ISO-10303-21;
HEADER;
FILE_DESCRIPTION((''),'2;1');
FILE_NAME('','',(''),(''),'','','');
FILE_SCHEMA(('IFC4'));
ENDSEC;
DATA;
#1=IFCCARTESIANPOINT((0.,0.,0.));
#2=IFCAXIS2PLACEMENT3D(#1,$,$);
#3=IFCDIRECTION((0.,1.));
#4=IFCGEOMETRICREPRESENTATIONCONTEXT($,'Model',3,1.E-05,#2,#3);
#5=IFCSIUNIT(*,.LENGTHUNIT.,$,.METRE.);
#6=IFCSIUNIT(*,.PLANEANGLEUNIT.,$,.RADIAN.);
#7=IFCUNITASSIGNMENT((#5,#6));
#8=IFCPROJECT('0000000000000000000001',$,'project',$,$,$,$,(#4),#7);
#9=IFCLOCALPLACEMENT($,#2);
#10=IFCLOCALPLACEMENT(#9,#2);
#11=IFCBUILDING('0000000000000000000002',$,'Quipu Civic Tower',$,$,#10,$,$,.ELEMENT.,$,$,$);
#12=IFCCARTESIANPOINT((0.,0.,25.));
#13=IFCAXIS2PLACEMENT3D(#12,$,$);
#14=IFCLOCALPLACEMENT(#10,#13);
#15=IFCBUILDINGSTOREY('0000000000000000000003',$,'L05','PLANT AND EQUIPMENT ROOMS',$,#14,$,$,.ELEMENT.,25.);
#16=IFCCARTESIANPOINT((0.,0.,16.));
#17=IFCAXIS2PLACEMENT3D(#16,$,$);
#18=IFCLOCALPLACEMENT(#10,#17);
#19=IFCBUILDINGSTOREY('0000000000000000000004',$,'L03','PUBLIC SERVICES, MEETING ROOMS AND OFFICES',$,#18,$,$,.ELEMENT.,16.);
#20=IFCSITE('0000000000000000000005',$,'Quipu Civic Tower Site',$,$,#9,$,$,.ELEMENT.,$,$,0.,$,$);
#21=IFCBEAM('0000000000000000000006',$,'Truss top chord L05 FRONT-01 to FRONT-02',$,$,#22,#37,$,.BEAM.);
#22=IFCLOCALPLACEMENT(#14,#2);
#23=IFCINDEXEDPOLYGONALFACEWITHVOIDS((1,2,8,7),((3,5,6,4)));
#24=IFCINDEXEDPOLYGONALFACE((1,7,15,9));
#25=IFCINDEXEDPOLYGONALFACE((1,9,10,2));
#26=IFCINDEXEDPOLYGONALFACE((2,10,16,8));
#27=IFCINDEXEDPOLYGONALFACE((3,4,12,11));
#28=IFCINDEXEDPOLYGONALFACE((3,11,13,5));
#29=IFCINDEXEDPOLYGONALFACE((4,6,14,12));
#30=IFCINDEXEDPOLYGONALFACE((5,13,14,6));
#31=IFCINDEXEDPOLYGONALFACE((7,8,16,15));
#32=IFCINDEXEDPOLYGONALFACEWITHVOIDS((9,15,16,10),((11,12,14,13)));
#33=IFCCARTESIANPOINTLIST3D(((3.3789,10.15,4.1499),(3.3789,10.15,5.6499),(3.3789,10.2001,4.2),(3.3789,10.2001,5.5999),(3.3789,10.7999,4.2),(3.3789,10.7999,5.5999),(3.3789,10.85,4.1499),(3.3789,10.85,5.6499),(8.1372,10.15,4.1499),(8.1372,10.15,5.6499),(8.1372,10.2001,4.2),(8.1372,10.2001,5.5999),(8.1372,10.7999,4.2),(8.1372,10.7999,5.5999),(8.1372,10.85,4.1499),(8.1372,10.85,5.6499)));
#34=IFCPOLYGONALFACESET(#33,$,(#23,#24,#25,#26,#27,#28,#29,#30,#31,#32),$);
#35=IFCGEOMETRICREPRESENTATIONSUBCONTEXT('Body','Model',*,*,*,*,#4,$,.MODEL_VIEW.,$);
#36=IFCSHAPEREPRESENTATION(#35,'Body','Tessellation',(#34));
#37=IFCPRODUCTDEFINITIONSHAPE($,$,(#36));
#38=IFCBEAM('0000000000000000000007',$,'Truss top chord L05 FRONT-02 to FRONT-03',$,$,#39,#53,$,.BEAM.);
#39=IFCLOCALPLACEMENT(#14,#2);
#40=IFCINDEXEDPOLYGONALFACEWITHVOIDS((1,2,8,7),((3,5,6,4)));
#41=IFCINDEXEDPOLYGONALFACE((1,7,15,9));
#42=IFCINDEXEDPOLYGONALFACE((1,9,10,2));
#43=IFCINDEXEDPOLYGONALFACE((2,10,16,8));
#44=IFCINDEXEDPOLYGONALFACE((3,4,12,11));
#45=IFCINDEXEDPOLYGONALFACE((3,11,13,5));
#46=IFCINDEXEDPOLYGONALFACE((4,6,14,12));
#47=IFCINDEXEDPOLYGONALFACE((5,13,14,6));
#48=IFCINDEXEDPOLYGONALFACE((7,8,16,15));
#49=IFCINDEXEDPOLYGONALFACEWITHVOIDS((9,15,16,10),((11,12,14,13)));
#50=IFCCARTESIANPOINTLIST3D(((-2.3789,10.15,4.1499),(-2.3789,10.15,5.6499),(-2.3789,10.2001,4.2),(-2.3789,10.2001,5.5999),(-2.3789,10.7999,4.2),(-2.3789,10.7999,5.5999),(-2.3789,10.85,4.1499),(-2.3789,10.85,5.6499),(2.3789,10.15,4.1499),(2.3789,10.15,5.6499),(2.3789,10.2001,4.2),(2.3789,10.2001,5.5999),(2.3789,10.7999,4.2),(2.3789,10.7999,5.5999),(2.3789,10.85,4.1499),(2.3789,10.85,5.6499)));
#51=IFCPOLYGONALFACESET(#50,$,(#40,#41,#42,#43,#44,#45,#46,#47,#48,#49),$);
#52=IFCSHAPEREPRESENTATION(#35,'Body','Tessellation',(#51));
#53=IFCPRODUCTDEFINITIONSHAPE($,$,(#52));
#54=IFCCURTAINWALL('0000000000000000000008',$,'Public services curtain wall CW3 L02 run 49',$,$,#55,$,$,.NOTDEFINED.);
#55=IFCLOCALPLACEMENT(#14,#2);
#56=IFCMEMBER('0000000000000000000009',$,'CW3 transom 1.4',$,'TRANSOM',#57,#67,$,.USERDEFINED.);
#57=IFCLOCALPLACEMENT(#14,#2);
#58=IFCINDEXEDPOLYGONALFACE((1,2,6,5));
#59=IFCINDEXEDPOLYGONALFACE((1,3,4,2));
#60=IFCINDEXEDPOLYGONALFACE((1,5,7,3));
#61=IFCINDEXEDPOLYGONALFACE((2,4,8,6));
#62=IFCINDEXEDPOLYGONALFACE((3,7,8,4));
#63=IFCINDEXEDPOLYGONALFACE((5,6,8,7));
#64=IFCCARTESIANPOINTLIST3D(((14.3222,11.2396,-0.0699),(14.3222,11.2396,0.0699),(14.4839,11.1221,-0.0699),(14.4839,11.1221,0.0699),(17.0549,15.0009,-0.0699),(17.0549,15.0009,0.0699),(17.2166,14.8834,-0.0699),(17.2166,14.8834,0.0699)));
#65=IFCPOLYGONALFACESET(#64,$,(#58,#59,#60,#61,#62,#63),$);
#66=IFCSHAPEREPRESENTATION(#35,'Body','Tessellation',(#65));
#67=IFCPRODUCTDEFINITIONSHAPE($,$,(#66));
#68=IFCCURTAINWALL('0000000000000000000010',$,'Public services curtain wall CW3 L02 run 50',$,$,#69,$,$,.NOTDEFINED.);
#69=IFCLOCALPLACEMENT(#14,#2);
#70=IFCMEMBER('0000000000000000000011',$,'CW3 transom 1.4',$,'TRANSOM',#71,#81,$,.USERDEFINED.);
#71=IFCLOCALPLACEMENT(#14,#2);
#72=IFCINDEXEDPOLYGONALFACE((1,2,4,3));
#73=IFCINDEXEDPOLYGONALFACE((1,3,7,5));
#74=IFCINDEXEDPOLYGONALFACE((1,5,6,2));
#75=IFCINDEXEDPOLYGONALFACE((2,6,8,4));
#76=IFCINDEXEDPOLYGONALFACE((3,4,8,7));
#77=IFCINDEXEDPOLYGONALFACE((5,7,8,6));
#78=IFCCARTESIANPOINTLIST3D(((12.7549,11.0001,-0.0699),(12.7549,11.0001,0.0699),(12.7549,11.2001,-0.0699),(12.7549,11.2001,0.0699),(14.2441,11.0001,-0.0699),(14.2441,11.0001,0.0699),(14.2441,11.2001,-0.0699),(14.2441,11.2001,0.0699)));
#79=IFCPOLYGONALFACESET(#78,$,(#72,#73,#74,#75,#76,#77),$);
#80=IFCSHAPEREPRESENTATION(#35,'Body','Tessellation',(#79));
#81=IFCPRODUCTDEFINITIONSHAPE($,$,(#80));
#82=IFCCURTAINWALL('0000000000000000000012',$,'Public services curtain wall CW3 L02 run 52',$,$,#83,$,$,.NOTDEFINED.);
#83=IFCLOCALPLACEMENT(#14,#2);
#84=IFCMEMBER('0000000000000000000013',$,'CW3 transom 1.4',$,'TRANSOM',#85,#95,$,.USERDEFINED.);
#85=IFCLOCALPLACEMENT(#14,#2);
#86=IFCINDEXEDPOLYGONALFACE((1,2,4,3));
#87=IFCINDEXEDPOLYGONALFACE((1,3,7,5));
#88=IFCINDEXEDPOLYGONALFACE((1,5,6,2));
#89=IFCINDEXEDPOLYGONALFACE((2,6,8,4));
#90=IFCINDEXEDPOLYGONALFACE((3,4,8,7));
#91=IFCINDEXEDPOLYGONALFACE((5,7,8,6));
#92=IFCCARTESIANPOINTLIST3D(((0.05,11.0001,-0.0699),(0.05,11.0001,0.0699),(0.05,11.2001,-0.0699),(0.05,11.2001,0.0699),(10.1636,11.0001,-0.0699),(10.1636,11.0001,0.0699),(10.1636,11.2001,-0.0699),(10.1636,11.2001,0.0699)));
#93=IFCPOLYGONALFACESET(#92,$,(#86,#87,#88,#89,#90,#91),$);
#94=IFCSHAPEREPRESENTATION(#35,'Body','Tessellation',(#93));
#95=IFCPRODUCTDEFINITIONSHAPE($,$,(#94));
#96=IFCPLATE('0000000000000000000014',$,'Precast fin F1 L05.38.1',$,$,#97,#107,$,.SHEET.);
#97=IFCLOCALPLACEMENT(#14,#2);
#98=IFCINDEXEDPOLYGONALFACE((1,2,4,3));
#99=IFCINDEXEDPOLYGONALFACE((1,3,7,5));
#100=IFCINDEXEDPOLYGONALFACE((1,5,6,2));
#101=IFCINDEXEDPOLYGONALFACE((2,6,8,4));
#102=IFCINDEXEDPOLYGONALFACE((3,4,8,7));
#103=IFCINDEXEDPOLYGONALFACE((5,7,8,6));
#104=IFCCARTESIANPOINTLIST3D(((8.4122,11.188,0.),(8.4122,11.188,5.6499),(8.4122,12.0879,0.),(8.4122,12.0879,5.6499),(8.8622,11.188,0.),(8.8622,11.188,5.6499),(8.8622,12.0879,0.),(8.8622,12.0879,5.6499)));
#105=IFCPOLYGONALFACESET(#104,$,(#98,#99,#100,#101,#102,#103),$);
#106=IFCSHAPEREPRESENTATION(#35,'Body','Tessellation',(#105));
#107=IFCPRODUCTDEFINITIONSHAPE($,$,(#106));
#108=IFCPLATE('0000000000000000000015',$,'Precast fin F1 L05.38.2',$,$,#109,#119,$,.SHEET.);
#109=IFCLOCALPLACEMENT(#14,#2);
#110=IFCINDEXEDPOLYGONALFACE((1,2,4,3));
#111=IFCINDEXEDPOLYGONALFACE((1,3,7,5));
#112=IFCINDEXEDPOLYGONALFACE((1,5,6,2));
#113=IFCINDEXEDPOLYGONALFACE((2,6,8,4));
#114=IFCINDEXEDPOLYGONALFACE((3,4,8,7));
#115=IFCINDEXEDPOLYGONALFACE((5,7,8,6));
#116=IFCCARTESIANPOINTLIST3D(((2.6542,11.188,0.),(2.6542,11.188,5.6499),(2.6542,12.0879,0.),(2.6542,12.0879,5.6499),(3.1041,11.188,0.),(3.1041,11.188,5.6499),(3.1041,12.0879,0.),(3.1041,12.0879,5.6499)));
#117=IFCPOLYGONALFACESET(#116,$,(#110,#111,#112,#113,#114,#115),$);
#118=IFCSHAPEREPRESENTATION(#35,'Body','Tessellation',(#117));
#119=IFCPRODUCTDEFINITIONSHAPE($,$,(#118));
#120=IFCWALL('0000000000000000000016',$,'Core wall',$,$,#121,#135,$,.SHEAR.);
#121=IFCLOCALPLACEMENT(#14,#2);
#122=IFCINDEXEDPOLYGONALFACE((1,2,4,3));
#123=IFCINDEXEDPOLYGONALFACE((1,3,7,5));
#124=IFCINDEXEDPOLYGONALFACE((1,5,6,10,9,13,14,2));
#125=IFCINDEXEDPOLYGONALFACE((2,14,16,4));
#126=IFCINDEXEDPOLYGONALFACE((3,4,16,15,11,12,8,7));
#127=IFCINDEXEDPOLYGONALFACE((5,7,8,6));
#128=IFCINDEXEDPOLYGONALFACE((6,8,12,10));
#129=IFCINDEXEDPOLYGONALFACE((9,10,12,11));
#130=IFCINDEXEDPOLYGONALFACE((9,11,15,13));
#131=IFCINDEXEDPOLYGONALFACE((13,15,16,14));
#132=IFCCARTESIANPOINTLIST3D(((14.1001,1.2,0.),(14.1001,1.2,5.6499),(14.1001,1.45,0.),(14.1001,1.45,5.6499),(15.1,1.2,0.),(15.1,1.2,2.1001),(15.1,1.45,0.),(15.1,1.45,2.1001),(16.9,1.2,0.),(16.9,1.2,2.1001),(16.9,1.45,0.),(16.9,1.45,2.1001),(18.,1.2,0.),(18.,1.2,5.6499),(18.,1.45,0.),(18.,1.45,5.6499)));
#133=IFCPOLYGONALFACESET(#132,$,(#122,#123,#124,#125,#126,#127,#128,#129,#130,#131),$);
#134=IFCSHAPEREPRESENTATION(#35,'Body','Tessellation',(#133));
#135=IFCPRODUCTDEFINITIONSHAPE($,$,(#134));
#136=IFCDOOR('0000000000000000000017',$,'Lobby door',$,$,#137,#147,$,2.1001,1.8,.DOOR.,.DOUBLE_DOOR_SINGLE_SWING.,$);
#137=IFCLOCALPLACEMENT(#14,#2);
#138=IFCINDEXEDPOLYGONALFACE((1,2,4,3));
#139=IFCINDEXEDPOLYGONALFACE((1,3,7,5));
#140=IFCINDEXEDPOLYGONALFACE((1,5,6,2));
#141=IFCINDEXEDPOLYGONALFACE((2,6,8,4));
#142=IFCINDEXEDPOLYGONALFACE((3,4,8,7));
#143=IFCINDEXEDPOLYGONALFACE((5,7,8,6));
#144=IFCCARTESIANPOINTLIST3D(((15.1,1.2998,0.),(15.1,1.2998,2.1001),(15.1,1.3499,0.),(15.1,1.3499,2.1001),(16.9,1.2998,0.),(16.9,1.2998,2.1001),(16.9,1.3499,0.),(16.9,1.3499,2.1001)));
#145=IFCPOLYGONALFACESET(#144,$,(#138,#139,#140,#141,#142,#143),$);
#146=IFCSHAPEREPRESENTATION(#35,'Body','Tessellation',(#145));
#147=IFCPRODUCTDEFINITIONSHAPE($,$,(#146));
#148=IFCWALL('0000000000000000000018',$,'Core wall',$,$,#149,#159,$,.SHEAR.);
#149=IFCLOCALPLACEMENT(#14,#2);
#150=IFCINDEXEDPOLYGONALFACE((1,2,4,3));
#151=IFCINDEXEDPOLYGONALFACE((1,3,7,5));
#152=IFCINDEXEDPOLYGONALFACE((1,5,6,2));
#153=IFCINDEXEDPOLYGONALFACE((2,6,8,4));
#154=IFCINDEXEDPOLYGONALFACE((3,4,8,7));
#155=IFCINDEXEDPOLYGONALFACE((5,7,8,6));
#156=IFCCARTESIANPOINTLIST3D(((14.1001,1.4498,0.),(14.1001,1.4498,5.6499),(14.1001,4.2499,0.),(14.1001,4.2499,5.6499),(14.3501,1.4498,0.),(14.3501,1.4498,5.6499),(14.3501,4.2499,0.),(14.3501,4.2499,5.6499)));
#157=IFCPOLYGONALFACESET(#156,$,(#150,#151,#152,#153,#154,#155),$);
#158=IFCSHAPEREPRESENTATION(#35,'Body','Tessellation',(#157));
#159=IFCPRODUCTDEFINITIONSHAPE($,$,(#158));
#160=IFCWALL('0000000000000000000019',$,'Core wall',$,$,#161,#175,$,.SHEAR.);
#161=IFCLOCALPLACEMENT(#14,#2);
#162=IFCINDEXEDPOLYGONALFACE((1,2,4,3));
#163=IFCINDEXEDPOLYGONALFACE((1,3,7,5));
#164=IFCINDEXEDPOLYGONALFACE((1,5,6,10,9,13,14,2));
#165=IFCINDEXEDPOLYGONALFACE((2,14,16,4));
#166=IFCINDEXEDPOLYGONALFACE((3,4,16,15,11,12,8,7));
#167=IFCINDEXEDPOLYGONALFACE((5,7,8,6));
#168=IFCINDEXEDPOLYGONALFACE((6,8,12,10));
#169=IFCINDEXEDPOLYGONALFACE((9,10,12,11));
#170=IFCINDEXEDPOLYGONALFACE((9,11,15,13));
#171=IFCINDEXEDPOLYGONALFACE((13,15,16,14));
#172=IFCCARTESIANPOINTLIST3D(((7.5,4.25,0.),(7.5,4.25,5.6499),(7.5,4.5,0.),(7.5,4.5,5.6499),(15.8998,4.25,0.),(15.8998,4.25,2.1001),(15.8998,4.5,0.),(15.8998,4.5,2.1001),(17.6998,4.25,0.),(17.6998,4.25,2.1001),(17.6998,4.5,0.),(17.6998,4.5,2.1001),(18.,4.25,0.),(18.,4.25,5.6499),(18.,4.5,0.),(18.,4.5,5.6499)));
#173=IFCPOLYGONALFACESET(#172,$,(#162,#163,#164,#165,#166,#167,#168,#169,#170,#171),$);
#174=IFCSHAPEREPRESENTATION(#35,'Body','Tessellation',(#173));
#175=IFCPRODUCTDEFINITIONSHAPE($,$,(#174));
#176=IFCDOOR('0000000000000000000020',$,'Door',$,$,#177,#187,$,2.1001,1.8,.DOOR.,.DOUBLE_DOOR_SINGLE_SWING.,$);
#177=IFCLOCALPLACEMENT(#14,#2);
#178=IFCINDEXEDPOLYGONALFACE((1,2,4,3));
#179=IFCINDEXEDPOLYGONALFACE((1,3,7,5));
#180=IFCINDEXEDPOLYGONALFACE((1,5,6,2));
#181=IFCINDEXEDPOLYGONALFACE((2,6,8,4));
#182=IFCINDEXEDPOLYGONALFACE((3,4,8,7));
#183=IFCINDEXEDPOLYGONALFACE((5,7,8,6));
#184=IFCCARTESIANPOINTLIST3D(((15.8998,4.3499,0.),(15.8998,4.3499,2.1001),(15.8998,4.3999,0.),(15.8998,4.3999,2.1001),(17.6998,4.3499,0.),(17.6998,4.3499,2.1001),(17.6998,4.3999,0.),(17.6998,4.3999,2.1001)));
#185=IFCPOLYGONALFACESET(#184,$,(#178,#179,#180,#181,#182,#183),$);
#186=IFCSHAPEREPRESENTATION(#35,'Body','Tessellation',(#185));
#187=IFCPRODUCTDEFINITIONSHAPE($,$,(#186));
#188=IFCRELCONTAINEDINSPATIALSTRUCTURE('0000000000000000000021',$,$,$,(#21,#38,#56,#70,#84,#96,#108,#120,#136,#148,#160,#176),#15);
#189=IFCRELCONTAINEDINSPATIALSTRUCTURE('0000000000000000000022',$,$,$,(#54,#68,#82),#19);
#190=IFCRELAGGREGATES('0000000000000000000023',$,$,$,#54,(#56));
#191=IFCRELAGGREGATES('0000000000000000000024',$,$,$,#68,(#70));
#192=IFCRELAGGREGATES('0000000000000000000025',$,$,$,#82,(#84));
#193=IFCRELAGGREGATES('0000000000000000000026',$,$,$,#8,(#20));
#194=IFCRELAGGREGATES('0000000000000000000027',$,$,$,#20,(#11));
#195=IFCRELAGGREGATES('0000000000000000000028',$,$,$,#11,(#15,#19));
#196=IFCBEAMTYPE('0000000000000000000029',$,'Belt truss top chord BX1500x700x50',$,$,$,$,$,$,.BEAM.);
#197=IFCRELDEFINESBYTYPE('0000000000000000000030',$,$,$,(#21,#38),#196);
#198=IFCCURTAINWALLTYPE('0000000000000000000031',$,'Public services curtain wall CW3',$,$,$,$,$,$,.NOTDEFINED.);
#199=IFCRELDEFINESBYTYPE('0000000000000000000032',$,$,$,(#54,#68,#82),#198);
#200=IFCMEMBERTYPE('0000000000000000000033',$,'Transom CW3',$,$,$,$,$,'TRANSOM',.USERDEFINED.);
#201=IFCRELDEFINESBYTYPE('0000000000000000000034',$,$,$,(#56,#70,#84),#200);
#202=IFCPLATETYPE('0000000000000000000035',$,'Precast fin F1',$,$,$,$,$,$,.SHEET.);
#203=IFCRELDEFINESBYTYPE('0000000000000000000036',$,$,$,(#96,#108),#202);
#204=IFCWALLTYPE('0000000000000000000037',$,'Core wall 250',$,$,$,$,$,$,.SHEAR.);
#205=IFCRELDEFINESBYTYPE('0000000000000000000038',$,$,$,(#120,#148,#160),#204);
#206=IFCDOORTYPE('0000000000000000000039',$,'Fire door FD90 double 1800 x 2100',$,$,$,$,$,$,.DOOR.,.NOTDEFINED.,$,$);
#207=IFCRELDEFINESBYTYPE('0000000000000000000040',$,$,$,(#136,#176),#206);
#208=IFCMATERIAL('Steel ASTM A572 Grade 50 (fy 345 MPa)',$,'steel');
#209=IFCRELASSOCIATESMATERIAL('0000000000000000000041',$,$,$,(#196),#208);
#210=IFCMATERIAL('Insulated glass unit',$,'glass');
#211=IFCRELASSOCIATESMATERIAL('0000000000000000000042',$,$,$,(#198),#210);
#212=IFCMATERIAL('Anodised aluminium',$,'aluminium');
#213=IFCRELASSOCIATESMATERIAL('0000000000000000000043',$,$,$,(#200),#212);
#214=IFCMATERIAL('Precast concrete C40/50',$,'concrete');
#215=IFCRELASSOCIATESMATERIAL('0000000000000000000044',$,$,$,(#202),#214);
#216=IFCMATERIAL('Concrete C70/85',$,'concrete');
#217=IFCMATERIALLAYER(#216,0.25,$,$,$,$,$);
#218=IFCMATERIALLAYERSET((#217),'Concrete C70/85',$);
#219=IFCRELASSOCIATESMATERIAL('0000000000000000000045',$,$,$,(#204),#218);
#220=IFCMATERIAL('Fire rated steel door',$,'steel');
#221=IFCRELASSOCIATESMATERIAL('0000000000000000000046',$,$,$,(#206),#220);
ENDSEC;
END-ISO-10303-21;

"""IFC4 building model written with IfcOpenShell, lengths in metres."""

from ifc_helpers import new_model, si_unit, direction, frame, frame_2d, origin, origin_2d, place, context, subcontext, project, spatial, rectangle, hollow_rectangle, extrude, material, layer, layer_set, material_profile, profile_set, type_object, element, fill, aggregate, save


model = new_model("IFC4")

# Units and contexts
model_context = context("Model", 3, precision=1e-05, world=origin(), true_north=direction((0.0, 1.0)))
body_context = subcontext(model_context, "Body", "Model", "MODEL_VIEW")
ifc_project = project(units=[si_unit("LENGTHUNIT", "METRE"), si_unit("PLANEANGLEUNIT", "RADIAN")], contexts=[model_context])

# Site, building, storey
site_placement = place(None, origin())
site = spatial("IfcSite", under=ifc_project, at=site_placement, Name="Quipu Civic Tower Site", CompositionType="ELEMENT", RefElevation=0.0)
building_placement = place(site_placement, origin())
building = spatial("IfcBuilding", under=site, at=building_placement, Name="Quipu Civic Tower", CompositionType="ELEMENT")
storey_1_placement = place(building_placement, frame((0.0, 0.0, 25.0)))
storey_1 = spatial("IfcBuildingStorey", under=building, at=storey_1_placement, Name="L05", Description="PLANT AND EQUIPMENT ROOMS", CompositionType="ELEMENT", Elevation=25.0)

# Beams
ifc_material_1 = material(Name="Steel ASTM A572 Grade 50 (fy 345 MPa)", Category="steel")
ifc_material_profile_1 = material_profile(ifc_material_1, hollow_rectangle(XDim=0.7, YDim=1.5, WallThickness=0.05, at=origin_2d()), Name="BX1500x700x50")
ifc_profile_set_1 = profile_set([ifc_material_profile_1], Name="Steel ASTM A572 Grade 50 (fy 345 MPa)")
beam_type_1 = type_object("IfcBeamType", Name="Belt truss top chord BX1500x700x50", PredefinedType="BEAM", material=ifc_profile_set_1)
beam_1_placement = place(storey_1_placement, frame((8.1372, 10.5, 4.8999), z_axis=(-1.0, 0.0, 0.0), x_axis=(0.0, -1.0, 0.0)))
element("IfcBeam", 1, at=beam_1_placement, inside=storey_1, type_object=beam_type_1, Name="Truss top chord L05 FRONT-01 to FRONT-02", PredefinedType="BEAM", context=body_context, shape_type="SweptSolid", body=[
    extrude(hollow_rectangle(XDim=0.7, YDim=1.5, WallThickness=0.05, at=origin_2d()), origin(), (0.0, 0.0, 1.0), 4.7583),
])
beam_2_placement = place(storey_1_placement, frame((2.3789, 10.5, 4.8999), z_axis=(-1.0, 0.0, 0.0), x_axis=(0.0, -1.0, 0.0)))
element("IfcBeam", 2, at=beam_2_placement, inside=storey_1, type_object=beam_type_1, Name="Truss top chord L05 FRONT-02 to FRONT-03", PredefinedType="BEAM", context=body_context, shape_type="SweptSolid", body=[
    extrude(hollow_rectangle(XDim=0.7, YDim=1.5, WallThickness=0.05, at=origin_2d()), origin(), (0.0, 0.0, 1.0), 4.7578),
])

# Shared definitions
storey_2_placement = place(building_placement, frame((0.0, 0.0, 16.0)))
storey_2 = spatial("IfcBuildingStorey", under=building, at=storey_2_placement, Name="L03", Description="PUBLIC SERVICES, MEETING ROOMS AND OFFICES", CompositionType="ELEMENT", Elevation=16.0)

# Curtain walls, members
ifc_material_2 = material(Name="Insulated glass unit", Category="glass")
curtain_wall_type = type_object("IfcCurtainWallType", Name="Public services curtain wall CW3", PredefinedType="NOTDEFINED", material=ifc_material_2)
curtain_wall_1_placement = place(storey_2_placement, origin())
curtain_wall_1 = element("IfcCurtainWall", 3, at=curtain_wall_1_placement, inside=storey_2, type_object=curtain_wall_type, Name="Public services curtain wall CW3 L02 run 49", PredefinedType="NOTDEFINED")
ifc_material_3 = material(Name="Anodised aluminium", Category="aluminium")
ifc_material_profile_2 = material_profile(ifc_material_3, rectangle(XDim=0.2, YDim=0.1399, at=origin_2d()), Name="RECT 200x140")
ifc_profile_set_2 = profile_set([ifc_material_profile_2], Name="Anodised aluminium")
member_type_1 = type_object("IfcMemberType", Name="Transom CW3", ElementType="TRANSOM", PredefinedType="USERDEFINED", material=ifc_profile_set_2)
member_1_placement = place(storey_1_placement, frame((17.1357, 14.9421, 0.0), z_axis=(-0.587781, -0.80902, 0.0), x_axis=(0.80902, -0.587781, 0.0)))
member_1 = element("IfcMember", 4, at=member_1_placement, inside=storey_1, type_object=member_type_1, Name="CW3 transom 1.4", ObjectType="TRANSOM", PredefinedType="USERDEFINED", context=body_context, shape_type="SweptSolid", body=[
    extrude(rectangle(XDim=0.2, YDim=0.1399, at=origin_2d()), origin(), (0.0, 0.0, 1.0), 4.6492),
])
aggregate(curtain_wall_1, [member_1])
curtain_wall_2_placement = place(storey_2_placement, origin())
curtain_wall_2 = element("IfcCurtainWall", 5, at=curtain_wall_2_placement, inside=storey_2, type_object=curtain_wall_type, Name="Public services curtain wall CW3 L02 run 50", PredefinedType="NOTDEFINED")
member_2_placement = place(storey_1_placement, frame((14.2441, 11.1001, 0.0), z_axis=(-1.0, 0.0, 0.0), x_axis=(0.0, -1.0, 0.0)))
member_2 = element("IfcMember", 6, at=member_2_placement, inside=storey_1, type_object=member_type_1, Name="CW3 transom 1.4", ObjectType="TRANSOM", PredefinedType="USERDEFINED", context=body_context, shape_type="SweptSolid", body=[
    extrude(rectangle(XDim=0.2, YDim=0.1399, at=origin_2d()), origin(), (0.0, 0.0, 1.0), 1.4893),
])
aggregate(curtain_wall_2, [member_2])
curtain_wall_3_placement = place(storey_2_placement, origin())
curtain_wall_3 = element("IfcCurtainWall", 7, at=curtain_wall_3_placement, inside=storey_2, type_object=curtain_wall_type, Name="Public services curtain wall CW3 L02 run 52", PredefinedType="NOTDEFINED")
member_3_placement = place(storey_1_placement, frame((10.1636, 11.1001, 0.0), z_axis=(-1.0, 0.0, 0.0), x_axis=(0.0, -1.0, 0.0)))
member_3 = element("IfcMember", 8, at=member_3_placement, inside=storey_1, type_object=member_type_1, Name="CW3 transom 1.4", ObjectType="TRANSOM", PredefinedType="USERDEFINED", context=body_context, shape_type="SweptSolid", body=[
    extrude(rectangle(XDim=0.2, YDim=0.1399, at=origin_2d()), origin(), (0.0, 0.0, 1.0), 10.1135),
])
aggregate(curtain_wall_3, [member_3])

# Plates
ifc_material_4 = material(Name="Precast concrete C40/50", Category="concrete")
plate_type = type_object("IfcPlateType", Name="Precast fin F1", PredefinedType="SHEET", material=ifc_material_4)
for number, where, z_axis, x_axis, name in (
    (9, (8.6372, 11.6379, 0.0), (0.0, 0.0, 1.0), (-1.0, 0.0, 0.0), "Precast fin F1 L05.38.1"),
    (10, (2.8792, 11.6379, 0.0), (0.0, 0.0, 1.0), (-1.0, 0.0, 0.0), "Precast fin F1 L05.38.2"),
):
    element("IfcPlate", number, at=place(storey_1_placement, frame(where, z_axis=z_axis, x_axis=x_axis)), inside=storey_1, type_object=plate_type, Name=name, PredefinedType="SHEET", context=body_context, shape_type="SweptSolid", body=[
        extrude(rectangle(XDim=0.45, YDim=0.8999, at=origin_2d()), origin(), (0.0, 0.0, 1.0), 5.6499),
    ])

# Wall, opening, door
ifc_material_5 = material(Name="Concrete C70/85", Category="concrete")
ifc_layer_1 = layer(ifc_material_5, 0.25)
ifc_layer_set_1 = layer_set([ifc_layer_1], Name="Concrete C70/85")
wall_type_1 = type_object("IfcWallType", Name="Core wall 250", PredefinedType="SHEAR", material=ifc_layer_set_1)
wall_1_placement = place(storey_1_placement, frame((14.1001, 1.325, 0.0), z_axis=(0.0, 0.0, 1.0), x_axis=(1.0, 0.0, 0.0)))
wall_1 = element("IfcWall", 11, at=wall_1_placement, inside=storey_1, type_object=wall_type_1, Name="Core wall", PredefinedType="SHEAR", context=body_context, shape_type="SweptSolid", body=[
    extrude(rectangle(XDim=3.8999, YDim=0.25, at=frame_2d((1.95, 0.0))), origin(), (0.0, 0.0, 1.0), 5.6499),
])
opening_1_placement = place(wall_1_placement, frame((1.0, 0.0, 0.0)))
opening_1 = element("IfcOpeningElement", 12, at=opening_1_placement, cuts=wall_1, PredefinedType="OPENING", context=body_context, shape_type="SweptSolid", body=[
    extrude(rectangle(XDim=1.8, YDim=2.1001, at=frame_2d((0.8999, 1.05))), frame((0.0, 0.135, 0.0), z_axis=(0.0, -1.0, 0.0), x_axis=(1.0, 0.0, 0.0)), (0.0, 0.0, 1.0), 0.27),
])
ifc_material_6 = material(Name="Fire rated steel door", Category="steel")
door_type = type_object("IfcDoorType", Name="Fire door FD90 double 1800 x 2100", OperationType="NOTDEFINED", PredefinedType="DOOR", material=ifc_material_6)
door_1_placement = place(opening_1_placement, origin())
door_1 = element("IfcDoor", 13, at=door_1_placement, inside=storey_1, type_object=door_type, Name="Lobby door", OperationType="DOUBLE_DOOR_SINGLE_SWING", OverallHeight=2.1001, OverallWidth=1.8, PredefinedType="DOOR", context=body_context, shape_type="SweptSolid", body=[
    extrude(rectangle(XDim=1.8, YDim=2.1001, at=frame_2d((0.8999, 1.05))), frame((0.0, 0.0249, 0.0), z_axis=(0.0, -1.0, 0.0), x_axis=(1.0, 0.0, 0.0)), (0.0, 0.0, 1.0), 0.05),
])
fill(opening_1, door_1)

# Wall
wall_2_placement = place(storey_1_placement, frame((14.2251, 1.45, 0.0), z_axis=(0.0, 0.0, 1.0), x_axis=(0.0, 1.0, 0.0)))
element("IfcWall", 14, at=wall_2_placement, inside=storey_1, type_object=wall_type_1, Name="Core wall", PredefinedType="SHEAR", context=body_context, shape_type="SweptSolid", body=[
    extrude(rectangle(XDim=2.8, YDim=0.25, at=frame_2d((1.3999, 0.0))), origin(), (0.0, 0.0, 1.0), 5.6499),
])

# Wall, opening, door
wall_3_placement = place(storey_1_placement, frame((7.5, 4.375, 0.0), z_axis=(0.0, 0.0, 1.0), x_axis=(1.0, 0.0, 0.0)))
wall_3 = element("IfcWall", 15, at=wall_3_placement, inside=storey_1, type_object=wall_type_1, Name="Core wall", PredefinedType="SHEAR", context=body_context, shape_type="SweptSolid", body=[
    extrude(rectangle(XDim=10.5, YDim=0.25, at=frame_2d((5.25, 0.0))), origin(), (0.0, 0.0, 1.0), 5.6499),
])
opening_2_placement = place(wall_3_placement, frame((8.3999, 0.0, 0.0)))
opening_2 = element("IfcOpeningElement", 16, at=opening_2_placement, cuts=wall_3, PredefinedType="OPENING", context=body_context, shape_type="SweptSolid", body=[
    extrude(rectangle(XDim=1.8, YDim=2.1001, at=frame_2d((0.8999, 1.05))), frame((0.0, 0.135, 0.0), z_axis=(0.0, -1.0, 0.0), x_axis=(1.0, 0.0, 0.0)), (0.0, 0.0, 1.0), 0.27),
])
door_2_placement = place(opening_2_placement, origin())
door_2 = element("IfcDoor", 17, at=door_2_placement, inside=storey_1, type_object=door_type, Name="Door", OperationType="DOUBLE_DOOR_SINGLE_SWING", OverallHeight=2.1001, OverallWidth=1.8, PredefinedType="DOOR", context=body_context, shape_type="SweptSolid", body=[
    extrude(rectangle(XDim=1.8, YDim=2.1001, at=frame_2d((0.8999, 1.05))), frame((0.0, 0.0249, 0.0), z_axis=(0.0, -1.0, 0.0), x_axis=(1.0, 0.0, 0.0)), (0.0, 0.0, 1.0), 0.05),
])
fill(opening_2, door_2)

save(model, "model.ifc")
